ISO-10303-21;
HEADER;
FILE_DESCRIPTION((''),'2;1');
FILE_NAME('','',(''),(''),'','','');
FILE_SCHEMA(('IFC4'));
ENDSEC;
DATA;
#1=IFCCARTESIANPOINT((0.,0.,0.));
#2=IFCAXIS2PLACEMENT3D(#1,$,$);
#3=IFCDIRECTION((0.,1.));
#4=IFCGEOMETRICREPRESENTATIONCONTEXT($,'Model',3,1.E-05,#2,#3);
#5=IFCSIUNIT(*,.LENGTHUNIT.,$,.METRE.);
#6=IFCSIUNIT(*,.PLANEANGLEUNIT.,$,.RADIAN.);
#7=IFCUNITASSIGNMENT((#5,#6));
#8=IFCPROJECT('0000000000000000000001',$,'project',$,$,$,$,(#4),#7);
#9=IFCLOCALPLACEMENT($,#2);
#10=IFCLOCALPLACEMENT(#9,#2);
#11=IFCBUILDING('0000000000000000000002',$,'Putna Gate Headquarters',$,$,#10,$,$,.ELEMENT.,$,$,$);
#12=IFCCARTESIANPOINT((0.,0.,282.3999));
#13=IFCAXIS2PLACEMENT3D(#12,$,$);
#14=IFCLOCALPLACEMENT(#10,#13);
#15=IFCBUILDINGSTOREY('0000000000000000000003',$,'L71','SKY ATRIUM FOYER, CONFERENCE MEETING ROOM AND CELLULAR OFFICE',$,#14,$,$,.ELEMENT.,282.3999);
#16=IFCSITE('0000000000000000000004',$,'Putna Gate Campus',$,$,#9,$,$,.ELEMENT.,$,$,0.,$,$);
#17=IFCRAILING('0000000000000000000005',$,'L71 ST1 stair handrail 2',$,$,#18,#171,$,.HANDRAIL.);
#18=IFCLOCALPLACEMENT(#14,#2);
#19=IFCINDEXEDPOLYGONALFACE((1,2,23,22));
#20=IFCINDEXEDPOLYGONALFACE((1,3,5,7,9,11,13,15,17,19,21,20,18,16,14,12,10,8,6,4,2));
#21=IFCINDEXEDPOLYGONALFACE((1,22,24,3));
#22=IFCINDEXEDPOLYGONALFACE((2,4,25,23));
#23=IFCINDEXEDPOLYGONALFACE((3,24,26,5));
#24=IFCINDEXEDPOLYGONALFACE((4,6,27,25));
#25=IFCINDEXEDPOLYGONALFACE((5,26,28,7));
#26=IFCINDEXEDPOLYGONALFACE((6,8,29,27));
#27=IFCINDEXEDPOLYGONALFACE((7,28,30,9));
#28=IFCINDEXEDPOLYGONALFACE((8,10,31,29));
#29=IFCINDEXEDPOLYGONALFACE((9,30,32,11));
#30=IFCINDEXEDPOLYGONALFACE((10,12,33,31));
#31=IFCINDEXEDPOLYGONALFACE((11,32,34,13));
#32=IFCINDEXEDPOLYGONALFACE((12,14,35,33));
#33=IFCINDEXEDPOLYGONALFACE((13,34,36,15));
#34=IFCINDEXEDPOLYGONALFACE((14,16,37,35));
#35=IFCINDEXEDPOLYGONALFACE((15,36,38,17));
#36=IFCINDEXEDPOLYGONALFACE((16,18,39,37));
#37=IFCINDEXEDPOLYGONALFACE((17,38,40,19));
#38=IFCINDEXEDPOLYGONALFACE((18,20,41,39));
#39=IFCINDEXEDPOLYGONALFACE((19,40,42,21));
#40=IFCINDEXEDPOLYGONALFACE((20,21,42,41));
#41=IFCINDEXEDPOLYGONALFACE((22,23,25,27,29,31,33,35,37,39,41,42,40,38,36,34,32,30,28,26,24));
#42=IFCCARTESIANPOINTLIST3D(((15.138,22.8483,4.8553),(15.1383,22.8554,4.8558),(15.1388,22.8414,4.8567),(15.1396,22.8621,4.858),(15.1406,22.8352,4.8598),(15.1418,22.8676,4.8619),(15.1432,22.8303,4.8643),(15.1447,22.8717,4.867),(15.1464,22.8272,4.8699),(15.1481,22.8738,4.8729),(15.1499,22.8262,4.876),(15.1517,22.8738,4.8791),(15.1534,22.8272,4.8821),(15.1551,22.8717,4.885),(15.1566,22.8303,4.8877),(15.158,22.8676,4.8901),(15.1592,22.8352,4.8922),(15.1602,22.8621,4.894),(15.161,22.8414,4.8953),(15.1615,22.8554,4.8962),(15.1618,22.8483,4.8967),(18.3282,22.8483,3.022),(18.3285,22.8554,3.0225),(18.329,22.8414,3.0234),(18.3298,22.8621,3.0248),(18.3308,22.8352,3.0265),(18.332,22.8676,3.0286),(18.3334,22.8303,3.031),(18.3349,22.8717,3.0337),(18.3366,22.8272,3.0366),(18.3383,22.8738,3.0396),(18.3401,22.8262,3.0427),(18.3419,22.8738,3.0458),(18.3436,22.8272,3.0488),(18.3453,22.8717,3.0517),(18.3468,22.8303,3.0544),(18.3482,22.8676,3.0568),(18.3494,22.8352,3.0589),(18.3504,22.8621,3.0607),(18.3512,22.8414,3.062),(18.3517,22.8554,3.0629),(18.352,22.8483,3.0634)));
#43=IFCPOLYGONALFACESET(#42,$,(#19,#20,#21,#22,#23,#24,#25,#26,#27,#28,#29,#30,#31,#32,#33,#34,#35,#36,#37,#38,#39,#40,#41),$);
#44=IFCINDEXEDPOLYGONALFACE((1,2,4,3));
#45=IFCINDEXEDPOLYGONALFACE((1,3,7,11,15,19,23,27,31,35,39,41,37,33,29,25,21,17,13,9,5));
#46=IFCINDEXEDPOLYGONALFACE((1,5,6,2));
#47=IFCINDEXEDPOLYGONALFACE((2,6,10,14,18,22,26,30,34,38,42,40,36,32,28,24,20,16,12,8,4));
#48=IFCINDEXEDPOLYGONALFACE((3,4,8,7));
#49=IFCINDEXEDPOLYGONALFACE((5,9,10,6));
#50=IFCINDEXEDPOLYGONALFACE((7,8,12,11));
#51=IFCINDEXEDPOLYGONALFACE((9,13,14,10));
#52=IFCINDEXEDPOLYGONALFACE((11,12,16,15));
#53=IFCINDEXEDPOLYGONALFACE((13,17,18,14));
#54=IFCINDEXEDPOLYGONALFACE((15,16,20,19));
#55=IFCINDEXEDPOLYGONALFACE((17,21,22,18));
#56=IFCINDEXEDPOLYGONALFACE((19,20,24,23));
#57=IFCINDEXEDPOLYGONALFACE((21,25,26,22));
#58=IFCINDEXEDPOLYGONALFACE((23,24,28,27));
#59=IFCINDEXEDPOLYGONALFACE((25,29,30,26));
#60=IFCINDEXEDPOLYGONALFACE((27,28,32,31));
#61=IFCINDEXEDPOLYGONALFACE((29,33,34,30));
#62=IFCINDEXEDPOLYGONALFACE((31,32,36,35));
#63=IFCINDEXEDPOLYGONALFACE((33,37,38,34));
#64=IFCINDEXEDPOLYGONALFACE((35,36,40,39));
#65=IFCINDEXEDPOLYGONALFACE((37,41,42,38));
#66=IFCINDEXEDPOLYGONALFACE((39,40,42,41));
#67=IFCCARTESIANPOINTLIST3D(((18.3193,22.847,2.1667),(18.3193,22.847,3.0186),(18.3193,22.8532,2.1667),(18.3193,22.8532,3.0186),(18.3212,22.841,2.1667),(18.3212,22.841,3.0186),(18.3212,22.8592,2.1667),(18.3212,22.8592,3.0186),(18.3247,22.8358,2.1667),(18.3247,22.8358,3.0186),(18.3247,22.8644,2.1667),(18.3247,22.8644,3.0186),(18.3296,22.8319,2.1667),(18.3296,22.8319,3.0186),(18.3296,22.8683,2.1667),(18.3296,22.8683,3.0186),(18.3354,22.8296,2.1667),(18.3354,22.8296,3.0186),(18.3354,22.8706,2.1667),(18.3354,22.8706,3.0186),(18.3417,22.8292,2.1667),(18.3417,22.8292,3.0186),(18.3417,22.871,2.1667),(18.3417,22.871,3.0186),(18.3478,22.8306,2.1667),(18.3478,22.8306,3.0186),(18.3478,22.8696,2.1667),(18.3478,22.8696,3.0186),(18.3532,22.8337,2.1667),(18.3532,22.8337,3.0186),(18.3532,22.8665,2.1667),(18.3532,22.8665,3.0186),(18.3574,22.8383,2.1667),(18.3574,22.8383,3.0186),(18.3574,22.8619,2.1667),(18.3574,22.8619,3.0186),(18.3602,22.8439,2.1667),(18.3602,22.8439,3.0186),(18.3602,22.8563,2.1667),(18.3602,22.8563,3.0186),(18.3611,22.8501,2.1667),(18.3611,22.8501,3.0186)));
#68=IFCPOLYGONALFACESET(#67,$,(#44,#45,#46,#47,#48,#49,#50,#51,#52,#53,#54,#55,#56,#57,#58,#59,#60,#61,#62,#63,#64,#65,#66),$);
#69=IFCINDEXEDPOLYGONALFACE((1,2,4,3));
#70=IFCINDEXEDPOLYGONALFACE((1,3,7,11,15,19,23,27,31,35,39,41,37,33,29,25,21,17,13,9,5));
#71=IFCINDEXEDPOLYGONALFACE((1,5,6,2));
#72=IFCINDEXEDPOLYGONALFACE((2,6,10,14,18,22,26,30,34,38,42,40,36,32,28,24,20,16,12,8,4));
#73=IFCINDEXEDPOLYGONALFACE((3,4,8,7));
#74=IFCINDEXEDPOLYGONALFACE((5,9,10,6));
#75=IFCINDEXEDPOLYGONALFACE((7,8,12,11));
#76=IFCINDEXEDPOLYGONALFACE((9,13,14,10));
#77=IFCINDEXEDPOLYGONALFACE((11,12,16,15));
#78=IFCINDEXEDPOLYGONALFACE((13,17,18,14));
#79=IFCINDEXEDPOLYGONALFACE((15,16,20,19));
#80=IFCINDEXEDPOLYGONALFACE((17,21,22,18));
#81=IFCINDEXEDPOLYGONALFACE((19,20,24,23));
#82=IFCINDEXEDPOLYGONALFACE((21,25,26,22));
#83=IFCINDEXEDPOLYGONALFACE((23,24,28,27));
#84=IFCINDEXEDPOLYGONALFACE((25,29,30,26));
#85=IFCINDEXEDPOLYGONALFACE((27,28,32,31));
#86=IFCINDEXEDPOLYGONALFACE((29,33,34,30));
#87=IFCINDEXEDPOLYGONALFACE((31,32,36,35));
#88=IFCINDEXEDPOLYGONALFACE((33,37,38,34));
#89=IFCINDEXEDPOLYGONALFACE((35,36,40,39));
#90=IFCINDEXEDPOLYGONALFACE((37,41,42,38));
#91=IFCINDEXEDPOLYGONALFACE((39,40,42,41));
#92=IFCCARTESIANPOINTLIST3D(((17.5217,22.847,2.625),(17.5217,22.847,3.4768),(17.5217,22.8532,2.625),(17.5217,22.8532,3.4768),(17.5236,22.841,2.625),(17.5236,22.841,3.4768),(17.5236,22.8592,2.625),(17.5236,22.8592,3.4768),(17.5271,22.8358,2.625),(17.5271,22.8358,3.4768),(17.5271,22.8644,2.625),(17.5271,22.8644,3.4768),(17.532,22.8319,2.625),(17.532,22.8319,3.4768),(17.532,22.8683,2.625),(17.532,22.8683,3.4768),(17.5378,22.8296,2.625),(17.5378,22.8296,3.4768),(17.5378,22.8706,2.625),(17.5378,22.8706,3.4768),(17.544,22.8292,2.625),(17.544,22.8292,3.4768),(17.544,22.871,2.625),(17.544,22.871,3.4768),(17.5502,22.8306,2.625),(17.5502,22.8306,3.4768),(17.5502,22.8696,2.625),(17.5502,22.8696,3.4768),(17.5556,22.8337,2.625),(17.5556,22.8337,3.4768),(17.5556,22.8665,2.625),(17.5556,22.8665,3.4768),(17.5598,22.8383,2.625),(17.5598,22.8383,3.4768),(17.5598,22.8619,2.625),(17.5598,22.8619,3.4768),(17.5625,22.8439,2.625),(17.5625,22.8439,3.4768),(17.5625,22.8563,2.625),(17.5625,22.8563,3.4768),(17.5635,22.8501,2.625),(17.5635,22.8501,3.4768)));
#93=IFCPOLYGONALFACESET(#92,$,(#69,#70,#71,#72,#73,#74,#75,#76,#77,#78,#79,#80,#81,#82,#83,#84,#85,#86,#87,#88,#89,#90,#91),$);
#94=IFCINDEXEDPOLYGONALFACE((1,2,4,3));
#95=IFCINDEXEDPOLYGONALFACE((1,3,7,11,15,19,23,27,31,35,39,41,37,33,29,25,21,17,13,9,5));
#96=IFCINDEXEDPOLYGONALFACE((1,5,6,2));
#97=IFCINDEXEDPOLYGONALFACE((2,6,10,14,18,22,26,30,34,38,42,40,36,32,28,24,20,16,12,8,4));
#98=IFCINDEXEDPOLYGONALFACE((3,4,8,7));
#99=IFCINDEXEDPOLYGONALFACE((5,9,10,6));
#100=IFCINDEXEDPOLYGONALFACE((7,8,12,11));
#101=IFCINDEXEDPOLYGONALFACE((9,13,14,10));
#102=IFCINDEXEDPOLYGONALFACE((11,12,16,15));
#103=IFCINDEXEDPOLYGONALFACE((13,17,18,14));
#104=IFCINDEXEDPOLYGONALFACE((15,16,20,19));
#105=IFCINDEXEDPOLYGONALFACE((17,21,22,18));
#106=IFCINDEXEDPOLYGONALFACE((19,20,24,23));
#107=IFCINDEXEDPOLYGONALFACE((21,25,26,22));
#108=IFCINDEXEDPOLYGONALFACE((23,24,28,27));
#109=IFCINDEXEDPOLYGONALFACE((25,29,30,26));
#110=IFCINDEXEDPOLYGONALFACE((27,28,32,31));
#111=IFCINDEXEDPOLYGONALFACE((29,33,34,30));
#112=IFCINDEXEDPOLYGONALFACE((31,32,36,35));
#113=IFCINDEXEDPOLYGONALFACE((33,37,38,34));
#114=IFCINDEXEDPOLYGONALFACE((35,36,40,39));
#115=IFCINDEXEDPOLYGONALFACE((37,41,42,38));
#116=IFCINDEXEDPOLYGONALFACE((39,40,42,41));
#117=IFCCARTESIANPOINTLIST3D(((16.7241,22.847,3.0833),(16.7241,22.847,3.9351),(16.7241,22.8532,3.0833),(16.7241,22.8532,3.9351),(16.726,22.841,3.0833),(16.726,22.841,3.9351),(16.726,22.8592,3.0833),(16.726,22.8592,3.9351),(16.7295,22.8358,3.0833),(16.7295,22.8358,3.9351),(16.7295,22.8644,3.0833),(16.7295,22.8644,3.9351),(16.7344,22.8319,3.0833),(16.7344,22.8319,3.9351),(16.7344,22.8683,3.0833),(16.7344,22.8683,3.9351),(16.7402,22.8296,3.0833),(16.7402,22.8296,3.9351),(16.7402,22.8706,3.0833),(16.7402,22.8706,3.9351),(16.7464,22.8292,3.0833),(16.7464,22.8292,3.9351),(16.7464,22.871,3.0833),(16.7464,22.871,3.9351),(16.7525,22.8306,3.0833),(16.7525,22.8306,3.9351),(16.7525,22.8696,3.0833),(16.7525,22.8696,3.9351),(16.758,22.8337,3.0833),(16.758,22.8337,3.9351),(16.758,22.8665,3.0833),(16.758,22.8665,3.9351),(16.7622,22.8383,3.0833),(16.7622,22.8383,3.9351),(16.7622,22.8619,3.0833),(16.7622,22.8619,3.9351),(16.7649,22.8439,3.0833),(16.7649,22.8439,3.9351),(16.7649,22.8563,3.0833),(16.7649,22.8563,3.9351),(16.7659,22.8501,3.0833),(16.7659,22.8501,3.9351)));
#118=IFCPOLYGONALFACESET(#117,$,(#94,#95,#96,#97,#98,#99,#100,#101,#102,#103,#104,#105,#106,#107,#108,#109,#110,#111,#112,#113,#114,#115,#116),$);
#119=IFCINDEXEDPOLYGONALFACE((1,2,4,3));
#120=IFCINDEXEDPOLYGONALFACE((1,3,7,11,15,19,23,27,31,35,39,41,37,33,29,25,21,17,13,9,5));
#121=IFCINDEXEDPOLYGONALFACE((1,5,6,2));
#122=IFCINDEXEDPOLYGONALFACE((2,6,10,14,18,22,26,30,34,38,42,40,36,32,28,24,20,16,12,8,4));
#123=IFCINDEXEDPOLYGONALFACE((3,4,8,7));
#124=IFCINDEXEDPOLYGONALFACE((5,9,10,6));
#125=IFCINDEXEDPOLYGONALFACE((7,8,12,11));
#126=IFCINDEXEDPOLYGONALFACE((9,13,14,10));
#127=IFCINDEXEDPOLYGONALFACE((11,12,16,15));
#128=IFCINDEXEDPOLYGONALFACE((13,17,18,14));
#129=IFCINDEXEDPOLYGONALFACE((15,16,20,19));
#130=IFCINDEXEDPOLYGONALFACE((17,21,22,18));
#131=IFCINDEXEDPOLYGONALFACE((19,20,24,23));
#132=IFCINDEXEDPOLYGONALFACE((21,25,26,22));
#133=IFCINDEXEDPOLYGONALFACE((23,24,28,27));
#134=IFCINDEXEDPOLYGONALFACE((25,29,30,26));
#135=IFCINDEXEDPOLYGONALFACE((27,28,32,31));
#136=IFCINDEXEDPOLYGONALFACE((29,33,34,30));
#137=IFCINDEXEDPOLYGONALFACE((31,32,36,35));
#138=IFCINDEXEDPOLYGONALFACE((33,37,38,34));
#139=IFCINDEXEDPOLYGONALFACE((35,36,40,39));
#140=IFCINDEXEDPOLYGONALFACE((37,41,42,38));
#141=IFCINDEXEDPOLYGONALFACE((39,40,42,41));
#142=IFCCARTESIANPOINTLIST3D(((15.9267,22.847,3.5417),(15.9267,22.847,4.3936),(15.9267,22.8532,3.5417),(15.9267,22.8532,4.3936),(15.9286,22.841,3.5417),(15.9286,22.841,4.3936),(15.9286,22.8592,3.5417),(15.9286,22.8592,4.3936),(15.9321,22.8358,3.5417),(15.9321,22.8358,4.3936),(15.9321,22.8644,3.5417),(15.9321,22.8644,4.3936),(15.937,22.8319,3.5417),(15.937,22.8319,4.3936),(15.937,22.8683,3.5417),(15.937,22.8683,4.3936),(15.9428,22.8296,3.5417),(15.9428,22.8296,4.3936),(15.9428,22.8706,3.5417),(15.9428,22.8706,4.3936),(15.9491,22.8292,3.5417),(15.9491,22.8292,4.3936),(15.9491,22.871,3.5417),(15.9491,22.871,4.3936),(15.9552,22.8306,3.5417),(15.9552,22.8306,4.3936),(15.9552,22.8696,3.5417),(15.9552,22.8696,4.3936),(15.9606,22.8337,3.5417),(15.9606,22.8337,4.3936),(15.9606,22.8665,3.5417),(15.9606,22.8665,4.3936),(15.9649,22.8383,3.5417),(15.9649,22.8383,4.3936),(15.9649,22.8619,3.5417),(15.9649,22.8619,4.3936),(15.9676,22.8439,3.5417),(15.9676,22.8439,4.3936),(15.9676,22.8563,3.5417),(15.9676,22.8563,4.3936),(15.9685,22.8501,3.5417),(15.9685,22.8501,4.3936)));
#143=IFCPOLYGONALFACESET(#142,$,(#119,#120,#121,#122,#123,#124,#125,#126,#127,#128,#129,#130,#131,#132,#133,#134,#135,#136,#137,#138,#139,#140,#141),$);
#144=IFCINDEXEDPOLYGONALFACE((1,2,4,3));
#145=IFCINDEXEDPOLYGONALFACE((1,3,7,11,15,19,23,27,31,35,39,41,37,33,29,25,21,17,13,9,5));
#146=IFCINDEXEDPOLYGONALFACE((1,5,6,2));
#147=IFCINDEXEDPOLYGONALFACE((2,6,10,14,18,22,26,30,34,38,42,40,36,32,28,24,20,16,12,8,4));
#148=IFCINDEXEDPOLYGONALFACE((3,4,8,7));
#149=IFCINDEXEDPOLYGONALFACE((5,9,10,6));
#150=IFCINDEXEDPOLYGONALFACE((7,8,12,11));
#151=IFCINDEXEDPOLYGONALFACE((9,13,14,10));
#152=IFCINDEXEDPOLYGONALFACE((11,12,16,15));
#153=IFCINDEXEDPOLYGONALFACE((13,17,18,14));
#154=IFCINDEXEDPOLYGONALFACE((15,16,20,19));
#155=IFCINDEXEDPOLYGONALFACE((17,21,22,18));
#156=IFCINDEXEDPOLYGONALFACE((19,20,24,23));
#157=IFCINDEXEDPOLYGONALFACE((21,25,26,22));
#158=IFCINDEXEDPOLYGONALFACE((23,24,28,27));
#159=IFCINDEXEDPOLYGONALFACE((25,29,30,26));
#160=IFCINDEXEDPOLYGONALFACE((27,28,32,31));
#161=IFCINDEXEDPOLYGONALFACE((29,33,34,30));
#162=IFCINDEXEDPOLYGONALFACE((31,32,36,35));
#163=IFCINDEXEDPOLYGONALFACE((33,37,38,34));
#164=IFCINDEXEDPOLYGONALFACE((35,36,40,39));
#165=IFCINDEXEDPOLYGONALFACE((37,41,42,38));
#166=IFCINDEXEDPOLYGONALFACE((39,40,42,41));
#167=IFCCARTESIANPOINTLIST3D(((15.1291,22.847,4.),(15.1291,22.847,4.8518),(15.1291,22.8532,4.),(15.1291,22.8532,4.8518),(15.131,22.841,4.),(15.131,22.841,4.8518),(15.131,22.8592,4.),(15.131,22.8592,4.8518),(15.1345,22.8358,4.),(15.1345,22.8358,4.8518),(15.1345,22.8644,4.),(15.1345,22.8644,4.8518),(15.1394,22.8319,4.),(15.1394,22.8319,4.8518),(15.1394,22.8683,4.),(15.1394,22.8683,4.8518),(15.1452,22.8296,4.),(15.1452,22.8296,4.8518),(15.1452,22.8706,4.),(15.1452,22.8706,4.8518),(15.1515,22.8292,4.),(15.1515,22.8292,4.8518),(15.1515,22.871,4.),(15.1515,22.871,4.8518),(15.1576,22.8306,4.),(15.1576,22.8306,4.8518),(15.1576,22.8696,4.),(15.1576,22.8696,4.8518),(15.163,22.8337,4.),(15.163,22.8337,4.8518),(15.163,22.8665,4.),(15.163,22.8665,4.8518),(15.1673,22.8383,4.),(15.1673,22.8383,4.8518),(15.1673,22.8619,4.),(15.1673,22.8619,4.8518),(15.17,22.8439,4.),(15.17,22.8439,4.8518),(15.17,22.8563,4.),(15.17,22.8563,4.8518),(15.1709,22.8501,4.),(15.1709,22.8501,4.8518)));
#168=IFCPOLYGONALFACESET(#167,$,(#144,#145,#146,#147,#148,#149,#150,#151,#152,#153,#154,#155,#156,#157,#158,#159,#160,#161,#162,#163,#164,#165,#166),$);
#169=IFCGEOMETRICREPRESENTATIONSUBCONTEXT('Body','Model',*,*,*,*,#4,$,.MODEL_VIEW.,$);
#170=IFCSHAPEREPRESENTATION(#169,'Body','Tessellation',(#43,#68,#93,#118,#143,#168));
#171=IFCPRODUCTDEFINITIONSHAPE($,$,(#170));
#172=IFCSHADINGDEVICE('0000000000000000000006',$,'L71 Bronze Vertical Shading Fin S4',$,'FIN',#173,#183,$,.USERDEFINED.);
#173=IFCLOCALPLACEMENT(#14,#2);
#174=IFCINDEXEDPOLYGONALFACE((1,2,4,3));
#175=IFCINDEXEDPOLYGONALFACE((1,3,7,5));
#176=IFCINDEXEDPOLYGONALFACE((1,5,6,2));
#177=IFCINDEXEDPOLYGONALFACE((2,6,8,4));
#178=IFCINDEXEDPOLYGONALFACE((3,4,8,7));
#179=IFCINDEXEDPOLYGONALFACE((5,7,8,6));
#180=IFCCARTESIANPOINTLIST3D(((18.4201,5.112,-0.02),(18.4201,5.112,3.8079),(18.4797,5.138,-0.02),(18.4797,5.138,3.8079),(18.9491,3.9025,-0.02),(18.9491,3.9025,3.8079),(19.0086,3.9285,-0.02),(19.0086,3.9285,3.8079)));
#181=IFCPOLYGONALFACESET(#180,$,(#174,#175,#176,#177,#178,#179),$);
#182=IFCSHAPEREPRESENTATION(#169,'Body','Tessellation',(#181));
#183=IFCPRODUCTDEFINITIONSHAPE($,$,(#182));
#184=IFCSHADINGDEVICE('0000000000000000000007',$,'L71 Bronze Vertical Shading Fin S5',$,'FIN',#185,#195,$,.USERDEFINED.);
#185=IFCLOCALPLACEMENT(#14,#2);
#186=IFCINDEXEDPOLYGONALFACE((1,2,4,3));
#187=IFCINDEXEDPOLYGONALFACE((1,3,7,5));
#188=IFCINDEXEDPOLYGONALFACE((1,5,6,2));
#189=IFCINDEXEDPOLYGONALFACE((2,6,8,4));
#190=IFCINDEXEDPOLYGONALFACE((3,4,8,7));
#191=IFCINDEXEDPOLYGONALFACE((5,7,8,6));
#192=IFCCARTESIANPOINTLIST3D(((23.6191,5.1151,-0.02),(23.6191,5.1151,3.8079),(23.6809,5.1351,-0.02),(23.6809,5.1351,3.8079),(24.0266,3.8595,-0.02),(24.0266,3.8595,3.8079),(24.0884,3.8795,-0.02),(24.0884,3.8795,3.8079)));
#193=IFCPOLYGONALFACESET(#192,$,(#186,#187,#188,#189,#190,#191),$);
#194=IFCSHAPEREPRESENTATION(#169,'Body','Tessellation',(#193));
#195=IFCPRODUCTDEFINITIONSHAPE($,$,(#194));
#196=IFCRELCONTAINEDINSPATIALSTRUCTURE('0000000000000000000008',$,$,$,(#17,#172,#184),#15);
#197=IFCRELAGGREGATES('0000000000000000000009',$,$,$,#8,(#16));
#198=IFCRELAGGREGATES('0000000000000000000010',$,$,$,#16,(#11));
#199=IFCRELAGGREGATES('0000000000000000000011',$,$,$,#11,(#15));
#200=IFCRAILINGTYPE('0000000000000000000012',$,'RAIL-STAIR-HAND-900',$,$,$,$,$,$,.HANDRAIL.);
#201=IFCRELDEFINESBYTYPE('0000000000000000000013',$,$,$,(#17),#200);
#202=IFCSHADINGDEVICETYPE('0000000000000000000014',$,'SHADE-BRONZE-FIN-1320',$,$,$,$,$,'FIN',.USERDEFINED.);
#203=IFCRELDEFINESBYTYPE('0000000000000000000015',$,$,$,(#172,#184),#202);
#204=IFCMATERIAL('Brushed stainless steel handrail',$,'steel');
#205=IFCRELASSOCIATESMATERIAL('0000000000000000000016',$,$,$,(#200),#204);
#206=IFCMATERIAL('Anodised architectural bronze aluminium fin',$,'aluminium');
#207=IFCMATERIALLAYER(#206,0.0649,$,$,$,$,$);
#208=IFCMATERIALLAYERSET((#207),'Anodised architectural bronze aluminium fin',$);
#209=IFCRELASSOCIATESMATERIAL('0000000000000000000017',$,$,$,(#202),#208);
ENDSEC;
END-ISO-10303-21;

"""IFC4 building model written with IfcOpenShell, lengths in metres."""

from ifc_helpers import new_model, si_unit, direction, frame, origin, origin_2d, place, context, subcontext, project, spatial, rectangle, circle, extrude, material, layer, layer_set, type_object, element, save


model = new_model("IFC4")

# Units and contexts
model_context = context("Model", 3, precision=1e-05, world=origin(), true_north=direction((0.0, 1.0)))
body_context = subcontext(model_context, "Body", "Model", "MODEL_VIEW")
ifc_project = project(units=[si_unit("LENGTHUNIT", "METRE"), si_unit("PLANEANGLEUNIT", "RADIAN")], contexts=[model_context])

# Site, building, storey
site_placement = place(None, origin())
site = spatial("IfcSite", under=ifc_project, at=site_placement, Name="Putna Gate Campus", CompositionType="ELEMENT", RefElevation=0.0)
building_placement = place(site_placement, origin())
building = spatial("IfcBuilding", under=site, at=building_placement, Name="Putna Gate Headquarters", CompositionType="ELEMENT")
storey_placement = place(building_placement, frame((0.0, 0.0, 282.3999)))
storey = spatial("IfcBuildingStorey", under=building, at=storey_placement, Name="L71", Description="SKY ATRIUM FOYER, CONFERENCE MEETING ROOM AND CELLULAR OFFICE", CompositionType="ELEMENT", Elevation=282.3999)

# Railing
ifc_material_1 = material(Name="Brushed stainless steel handrail", Category="steel")
railing_type_1 = type_object("IfcRailingType", Name="RAIL-STAIR-HAND-900", PredefinedType="HANDRAIL", material=ifc_material_1)
railing_1_placement = place(storey_placement, frame((18.3401, 22.8501, 2.1667)))
element("IfcRailing", 1, at=railing_1_placement, inside=storey, type_object=railing_type_1, Name="L71 ST1 stair handrail 2", PredefinedType="HANDRAIL", context=body_context, shape_type="SweptSolid", body=[
    extrude(circle(Radius=0.0239, at=origin_2d()), frame((0.0, 0.0, 0.876), z_axis=(-0.867036, 0.0, 0.498245), x_axis=(0.0, -1.0, 0.0)), (0.0, 0.0, 1.0), 3.6794),
    extrude(circle(Radius=0.021, at=origin_2d()), origin(), (0.0, 0.0, 1.0), 0.8518),
    extrude(circle(Radius=0.021, at=origin_2d()), frame((-0.7976, 0.0, 0.4583)), (0.0, 0.0, 1.0), 0.8518),
    extrude(circle(Radius=0.021, at=origin_2d()), frame((-1.5952, 0.0, 0.9165)), (0.0, 0.0, 1.0), 0.8518),
    extrude(circle(Radius=0.021, at=origin_2d()), frame((-2.3926, 0.0, 1.375)), (0.0, 0.0, 1.0), 0.8518),
    extrude(circle(Radius=0.021, at=origin_2d()), frame((-3.1902, 0.0, 1.8333)), (0.0, 0.0, 1.0), 0.8518),
])

# Shading devices
ifc_material_2 = material(Name="Anodised architectural bronze aluminium fin", Category="aluminium")
ifc_layer_1 = layer(ifc_material_2, 0.0649)
ifc_layer_set_1 = layer_set([ifc_layer_1], Name="Anodised architectural bronze aluminium fin")
shading_device_type = type_object("IfcShadingDeviceType", Name="SHADE-BRONZE-FIN-1320", ElementType="FIN", PredefinedType="USERDEFINED", material=ifc_layer_set_1)
for number, where, z_axis, x_axis, name in (
    (2, (18.7144, 4.5203, -0.02), (0.0, 0.0, 1.0), (0.400669, -0.916223, 0.0), "L71 Bronze Vertical Shading Fin S4"),
    (3, (23.8538, 4.4973, -0.02), (0.0, 0.0, 1.0), (0.308685, -0.951164, 0.0), "L71 Bronze Vertical Shading Fin S5"),
):
    element("IfcShadingDevice", number, at=place(storey_placement, frame(where, z_axis=z_axis, x_axis=x_axis)), inside=storey, type_object=shading_device_type, Name=name, ObjectType="FIN", PredefinedType="USERDEFINED", context=body_context, shape_type="SweptSolid", body=[
        extrude(rectangle(XDim=1.3201, YDim=0.0649, at=origin_2d()), origin(), (0.0, 0.0, 1.0), 3.8279),
    ])

save(model, "model.ifc")
